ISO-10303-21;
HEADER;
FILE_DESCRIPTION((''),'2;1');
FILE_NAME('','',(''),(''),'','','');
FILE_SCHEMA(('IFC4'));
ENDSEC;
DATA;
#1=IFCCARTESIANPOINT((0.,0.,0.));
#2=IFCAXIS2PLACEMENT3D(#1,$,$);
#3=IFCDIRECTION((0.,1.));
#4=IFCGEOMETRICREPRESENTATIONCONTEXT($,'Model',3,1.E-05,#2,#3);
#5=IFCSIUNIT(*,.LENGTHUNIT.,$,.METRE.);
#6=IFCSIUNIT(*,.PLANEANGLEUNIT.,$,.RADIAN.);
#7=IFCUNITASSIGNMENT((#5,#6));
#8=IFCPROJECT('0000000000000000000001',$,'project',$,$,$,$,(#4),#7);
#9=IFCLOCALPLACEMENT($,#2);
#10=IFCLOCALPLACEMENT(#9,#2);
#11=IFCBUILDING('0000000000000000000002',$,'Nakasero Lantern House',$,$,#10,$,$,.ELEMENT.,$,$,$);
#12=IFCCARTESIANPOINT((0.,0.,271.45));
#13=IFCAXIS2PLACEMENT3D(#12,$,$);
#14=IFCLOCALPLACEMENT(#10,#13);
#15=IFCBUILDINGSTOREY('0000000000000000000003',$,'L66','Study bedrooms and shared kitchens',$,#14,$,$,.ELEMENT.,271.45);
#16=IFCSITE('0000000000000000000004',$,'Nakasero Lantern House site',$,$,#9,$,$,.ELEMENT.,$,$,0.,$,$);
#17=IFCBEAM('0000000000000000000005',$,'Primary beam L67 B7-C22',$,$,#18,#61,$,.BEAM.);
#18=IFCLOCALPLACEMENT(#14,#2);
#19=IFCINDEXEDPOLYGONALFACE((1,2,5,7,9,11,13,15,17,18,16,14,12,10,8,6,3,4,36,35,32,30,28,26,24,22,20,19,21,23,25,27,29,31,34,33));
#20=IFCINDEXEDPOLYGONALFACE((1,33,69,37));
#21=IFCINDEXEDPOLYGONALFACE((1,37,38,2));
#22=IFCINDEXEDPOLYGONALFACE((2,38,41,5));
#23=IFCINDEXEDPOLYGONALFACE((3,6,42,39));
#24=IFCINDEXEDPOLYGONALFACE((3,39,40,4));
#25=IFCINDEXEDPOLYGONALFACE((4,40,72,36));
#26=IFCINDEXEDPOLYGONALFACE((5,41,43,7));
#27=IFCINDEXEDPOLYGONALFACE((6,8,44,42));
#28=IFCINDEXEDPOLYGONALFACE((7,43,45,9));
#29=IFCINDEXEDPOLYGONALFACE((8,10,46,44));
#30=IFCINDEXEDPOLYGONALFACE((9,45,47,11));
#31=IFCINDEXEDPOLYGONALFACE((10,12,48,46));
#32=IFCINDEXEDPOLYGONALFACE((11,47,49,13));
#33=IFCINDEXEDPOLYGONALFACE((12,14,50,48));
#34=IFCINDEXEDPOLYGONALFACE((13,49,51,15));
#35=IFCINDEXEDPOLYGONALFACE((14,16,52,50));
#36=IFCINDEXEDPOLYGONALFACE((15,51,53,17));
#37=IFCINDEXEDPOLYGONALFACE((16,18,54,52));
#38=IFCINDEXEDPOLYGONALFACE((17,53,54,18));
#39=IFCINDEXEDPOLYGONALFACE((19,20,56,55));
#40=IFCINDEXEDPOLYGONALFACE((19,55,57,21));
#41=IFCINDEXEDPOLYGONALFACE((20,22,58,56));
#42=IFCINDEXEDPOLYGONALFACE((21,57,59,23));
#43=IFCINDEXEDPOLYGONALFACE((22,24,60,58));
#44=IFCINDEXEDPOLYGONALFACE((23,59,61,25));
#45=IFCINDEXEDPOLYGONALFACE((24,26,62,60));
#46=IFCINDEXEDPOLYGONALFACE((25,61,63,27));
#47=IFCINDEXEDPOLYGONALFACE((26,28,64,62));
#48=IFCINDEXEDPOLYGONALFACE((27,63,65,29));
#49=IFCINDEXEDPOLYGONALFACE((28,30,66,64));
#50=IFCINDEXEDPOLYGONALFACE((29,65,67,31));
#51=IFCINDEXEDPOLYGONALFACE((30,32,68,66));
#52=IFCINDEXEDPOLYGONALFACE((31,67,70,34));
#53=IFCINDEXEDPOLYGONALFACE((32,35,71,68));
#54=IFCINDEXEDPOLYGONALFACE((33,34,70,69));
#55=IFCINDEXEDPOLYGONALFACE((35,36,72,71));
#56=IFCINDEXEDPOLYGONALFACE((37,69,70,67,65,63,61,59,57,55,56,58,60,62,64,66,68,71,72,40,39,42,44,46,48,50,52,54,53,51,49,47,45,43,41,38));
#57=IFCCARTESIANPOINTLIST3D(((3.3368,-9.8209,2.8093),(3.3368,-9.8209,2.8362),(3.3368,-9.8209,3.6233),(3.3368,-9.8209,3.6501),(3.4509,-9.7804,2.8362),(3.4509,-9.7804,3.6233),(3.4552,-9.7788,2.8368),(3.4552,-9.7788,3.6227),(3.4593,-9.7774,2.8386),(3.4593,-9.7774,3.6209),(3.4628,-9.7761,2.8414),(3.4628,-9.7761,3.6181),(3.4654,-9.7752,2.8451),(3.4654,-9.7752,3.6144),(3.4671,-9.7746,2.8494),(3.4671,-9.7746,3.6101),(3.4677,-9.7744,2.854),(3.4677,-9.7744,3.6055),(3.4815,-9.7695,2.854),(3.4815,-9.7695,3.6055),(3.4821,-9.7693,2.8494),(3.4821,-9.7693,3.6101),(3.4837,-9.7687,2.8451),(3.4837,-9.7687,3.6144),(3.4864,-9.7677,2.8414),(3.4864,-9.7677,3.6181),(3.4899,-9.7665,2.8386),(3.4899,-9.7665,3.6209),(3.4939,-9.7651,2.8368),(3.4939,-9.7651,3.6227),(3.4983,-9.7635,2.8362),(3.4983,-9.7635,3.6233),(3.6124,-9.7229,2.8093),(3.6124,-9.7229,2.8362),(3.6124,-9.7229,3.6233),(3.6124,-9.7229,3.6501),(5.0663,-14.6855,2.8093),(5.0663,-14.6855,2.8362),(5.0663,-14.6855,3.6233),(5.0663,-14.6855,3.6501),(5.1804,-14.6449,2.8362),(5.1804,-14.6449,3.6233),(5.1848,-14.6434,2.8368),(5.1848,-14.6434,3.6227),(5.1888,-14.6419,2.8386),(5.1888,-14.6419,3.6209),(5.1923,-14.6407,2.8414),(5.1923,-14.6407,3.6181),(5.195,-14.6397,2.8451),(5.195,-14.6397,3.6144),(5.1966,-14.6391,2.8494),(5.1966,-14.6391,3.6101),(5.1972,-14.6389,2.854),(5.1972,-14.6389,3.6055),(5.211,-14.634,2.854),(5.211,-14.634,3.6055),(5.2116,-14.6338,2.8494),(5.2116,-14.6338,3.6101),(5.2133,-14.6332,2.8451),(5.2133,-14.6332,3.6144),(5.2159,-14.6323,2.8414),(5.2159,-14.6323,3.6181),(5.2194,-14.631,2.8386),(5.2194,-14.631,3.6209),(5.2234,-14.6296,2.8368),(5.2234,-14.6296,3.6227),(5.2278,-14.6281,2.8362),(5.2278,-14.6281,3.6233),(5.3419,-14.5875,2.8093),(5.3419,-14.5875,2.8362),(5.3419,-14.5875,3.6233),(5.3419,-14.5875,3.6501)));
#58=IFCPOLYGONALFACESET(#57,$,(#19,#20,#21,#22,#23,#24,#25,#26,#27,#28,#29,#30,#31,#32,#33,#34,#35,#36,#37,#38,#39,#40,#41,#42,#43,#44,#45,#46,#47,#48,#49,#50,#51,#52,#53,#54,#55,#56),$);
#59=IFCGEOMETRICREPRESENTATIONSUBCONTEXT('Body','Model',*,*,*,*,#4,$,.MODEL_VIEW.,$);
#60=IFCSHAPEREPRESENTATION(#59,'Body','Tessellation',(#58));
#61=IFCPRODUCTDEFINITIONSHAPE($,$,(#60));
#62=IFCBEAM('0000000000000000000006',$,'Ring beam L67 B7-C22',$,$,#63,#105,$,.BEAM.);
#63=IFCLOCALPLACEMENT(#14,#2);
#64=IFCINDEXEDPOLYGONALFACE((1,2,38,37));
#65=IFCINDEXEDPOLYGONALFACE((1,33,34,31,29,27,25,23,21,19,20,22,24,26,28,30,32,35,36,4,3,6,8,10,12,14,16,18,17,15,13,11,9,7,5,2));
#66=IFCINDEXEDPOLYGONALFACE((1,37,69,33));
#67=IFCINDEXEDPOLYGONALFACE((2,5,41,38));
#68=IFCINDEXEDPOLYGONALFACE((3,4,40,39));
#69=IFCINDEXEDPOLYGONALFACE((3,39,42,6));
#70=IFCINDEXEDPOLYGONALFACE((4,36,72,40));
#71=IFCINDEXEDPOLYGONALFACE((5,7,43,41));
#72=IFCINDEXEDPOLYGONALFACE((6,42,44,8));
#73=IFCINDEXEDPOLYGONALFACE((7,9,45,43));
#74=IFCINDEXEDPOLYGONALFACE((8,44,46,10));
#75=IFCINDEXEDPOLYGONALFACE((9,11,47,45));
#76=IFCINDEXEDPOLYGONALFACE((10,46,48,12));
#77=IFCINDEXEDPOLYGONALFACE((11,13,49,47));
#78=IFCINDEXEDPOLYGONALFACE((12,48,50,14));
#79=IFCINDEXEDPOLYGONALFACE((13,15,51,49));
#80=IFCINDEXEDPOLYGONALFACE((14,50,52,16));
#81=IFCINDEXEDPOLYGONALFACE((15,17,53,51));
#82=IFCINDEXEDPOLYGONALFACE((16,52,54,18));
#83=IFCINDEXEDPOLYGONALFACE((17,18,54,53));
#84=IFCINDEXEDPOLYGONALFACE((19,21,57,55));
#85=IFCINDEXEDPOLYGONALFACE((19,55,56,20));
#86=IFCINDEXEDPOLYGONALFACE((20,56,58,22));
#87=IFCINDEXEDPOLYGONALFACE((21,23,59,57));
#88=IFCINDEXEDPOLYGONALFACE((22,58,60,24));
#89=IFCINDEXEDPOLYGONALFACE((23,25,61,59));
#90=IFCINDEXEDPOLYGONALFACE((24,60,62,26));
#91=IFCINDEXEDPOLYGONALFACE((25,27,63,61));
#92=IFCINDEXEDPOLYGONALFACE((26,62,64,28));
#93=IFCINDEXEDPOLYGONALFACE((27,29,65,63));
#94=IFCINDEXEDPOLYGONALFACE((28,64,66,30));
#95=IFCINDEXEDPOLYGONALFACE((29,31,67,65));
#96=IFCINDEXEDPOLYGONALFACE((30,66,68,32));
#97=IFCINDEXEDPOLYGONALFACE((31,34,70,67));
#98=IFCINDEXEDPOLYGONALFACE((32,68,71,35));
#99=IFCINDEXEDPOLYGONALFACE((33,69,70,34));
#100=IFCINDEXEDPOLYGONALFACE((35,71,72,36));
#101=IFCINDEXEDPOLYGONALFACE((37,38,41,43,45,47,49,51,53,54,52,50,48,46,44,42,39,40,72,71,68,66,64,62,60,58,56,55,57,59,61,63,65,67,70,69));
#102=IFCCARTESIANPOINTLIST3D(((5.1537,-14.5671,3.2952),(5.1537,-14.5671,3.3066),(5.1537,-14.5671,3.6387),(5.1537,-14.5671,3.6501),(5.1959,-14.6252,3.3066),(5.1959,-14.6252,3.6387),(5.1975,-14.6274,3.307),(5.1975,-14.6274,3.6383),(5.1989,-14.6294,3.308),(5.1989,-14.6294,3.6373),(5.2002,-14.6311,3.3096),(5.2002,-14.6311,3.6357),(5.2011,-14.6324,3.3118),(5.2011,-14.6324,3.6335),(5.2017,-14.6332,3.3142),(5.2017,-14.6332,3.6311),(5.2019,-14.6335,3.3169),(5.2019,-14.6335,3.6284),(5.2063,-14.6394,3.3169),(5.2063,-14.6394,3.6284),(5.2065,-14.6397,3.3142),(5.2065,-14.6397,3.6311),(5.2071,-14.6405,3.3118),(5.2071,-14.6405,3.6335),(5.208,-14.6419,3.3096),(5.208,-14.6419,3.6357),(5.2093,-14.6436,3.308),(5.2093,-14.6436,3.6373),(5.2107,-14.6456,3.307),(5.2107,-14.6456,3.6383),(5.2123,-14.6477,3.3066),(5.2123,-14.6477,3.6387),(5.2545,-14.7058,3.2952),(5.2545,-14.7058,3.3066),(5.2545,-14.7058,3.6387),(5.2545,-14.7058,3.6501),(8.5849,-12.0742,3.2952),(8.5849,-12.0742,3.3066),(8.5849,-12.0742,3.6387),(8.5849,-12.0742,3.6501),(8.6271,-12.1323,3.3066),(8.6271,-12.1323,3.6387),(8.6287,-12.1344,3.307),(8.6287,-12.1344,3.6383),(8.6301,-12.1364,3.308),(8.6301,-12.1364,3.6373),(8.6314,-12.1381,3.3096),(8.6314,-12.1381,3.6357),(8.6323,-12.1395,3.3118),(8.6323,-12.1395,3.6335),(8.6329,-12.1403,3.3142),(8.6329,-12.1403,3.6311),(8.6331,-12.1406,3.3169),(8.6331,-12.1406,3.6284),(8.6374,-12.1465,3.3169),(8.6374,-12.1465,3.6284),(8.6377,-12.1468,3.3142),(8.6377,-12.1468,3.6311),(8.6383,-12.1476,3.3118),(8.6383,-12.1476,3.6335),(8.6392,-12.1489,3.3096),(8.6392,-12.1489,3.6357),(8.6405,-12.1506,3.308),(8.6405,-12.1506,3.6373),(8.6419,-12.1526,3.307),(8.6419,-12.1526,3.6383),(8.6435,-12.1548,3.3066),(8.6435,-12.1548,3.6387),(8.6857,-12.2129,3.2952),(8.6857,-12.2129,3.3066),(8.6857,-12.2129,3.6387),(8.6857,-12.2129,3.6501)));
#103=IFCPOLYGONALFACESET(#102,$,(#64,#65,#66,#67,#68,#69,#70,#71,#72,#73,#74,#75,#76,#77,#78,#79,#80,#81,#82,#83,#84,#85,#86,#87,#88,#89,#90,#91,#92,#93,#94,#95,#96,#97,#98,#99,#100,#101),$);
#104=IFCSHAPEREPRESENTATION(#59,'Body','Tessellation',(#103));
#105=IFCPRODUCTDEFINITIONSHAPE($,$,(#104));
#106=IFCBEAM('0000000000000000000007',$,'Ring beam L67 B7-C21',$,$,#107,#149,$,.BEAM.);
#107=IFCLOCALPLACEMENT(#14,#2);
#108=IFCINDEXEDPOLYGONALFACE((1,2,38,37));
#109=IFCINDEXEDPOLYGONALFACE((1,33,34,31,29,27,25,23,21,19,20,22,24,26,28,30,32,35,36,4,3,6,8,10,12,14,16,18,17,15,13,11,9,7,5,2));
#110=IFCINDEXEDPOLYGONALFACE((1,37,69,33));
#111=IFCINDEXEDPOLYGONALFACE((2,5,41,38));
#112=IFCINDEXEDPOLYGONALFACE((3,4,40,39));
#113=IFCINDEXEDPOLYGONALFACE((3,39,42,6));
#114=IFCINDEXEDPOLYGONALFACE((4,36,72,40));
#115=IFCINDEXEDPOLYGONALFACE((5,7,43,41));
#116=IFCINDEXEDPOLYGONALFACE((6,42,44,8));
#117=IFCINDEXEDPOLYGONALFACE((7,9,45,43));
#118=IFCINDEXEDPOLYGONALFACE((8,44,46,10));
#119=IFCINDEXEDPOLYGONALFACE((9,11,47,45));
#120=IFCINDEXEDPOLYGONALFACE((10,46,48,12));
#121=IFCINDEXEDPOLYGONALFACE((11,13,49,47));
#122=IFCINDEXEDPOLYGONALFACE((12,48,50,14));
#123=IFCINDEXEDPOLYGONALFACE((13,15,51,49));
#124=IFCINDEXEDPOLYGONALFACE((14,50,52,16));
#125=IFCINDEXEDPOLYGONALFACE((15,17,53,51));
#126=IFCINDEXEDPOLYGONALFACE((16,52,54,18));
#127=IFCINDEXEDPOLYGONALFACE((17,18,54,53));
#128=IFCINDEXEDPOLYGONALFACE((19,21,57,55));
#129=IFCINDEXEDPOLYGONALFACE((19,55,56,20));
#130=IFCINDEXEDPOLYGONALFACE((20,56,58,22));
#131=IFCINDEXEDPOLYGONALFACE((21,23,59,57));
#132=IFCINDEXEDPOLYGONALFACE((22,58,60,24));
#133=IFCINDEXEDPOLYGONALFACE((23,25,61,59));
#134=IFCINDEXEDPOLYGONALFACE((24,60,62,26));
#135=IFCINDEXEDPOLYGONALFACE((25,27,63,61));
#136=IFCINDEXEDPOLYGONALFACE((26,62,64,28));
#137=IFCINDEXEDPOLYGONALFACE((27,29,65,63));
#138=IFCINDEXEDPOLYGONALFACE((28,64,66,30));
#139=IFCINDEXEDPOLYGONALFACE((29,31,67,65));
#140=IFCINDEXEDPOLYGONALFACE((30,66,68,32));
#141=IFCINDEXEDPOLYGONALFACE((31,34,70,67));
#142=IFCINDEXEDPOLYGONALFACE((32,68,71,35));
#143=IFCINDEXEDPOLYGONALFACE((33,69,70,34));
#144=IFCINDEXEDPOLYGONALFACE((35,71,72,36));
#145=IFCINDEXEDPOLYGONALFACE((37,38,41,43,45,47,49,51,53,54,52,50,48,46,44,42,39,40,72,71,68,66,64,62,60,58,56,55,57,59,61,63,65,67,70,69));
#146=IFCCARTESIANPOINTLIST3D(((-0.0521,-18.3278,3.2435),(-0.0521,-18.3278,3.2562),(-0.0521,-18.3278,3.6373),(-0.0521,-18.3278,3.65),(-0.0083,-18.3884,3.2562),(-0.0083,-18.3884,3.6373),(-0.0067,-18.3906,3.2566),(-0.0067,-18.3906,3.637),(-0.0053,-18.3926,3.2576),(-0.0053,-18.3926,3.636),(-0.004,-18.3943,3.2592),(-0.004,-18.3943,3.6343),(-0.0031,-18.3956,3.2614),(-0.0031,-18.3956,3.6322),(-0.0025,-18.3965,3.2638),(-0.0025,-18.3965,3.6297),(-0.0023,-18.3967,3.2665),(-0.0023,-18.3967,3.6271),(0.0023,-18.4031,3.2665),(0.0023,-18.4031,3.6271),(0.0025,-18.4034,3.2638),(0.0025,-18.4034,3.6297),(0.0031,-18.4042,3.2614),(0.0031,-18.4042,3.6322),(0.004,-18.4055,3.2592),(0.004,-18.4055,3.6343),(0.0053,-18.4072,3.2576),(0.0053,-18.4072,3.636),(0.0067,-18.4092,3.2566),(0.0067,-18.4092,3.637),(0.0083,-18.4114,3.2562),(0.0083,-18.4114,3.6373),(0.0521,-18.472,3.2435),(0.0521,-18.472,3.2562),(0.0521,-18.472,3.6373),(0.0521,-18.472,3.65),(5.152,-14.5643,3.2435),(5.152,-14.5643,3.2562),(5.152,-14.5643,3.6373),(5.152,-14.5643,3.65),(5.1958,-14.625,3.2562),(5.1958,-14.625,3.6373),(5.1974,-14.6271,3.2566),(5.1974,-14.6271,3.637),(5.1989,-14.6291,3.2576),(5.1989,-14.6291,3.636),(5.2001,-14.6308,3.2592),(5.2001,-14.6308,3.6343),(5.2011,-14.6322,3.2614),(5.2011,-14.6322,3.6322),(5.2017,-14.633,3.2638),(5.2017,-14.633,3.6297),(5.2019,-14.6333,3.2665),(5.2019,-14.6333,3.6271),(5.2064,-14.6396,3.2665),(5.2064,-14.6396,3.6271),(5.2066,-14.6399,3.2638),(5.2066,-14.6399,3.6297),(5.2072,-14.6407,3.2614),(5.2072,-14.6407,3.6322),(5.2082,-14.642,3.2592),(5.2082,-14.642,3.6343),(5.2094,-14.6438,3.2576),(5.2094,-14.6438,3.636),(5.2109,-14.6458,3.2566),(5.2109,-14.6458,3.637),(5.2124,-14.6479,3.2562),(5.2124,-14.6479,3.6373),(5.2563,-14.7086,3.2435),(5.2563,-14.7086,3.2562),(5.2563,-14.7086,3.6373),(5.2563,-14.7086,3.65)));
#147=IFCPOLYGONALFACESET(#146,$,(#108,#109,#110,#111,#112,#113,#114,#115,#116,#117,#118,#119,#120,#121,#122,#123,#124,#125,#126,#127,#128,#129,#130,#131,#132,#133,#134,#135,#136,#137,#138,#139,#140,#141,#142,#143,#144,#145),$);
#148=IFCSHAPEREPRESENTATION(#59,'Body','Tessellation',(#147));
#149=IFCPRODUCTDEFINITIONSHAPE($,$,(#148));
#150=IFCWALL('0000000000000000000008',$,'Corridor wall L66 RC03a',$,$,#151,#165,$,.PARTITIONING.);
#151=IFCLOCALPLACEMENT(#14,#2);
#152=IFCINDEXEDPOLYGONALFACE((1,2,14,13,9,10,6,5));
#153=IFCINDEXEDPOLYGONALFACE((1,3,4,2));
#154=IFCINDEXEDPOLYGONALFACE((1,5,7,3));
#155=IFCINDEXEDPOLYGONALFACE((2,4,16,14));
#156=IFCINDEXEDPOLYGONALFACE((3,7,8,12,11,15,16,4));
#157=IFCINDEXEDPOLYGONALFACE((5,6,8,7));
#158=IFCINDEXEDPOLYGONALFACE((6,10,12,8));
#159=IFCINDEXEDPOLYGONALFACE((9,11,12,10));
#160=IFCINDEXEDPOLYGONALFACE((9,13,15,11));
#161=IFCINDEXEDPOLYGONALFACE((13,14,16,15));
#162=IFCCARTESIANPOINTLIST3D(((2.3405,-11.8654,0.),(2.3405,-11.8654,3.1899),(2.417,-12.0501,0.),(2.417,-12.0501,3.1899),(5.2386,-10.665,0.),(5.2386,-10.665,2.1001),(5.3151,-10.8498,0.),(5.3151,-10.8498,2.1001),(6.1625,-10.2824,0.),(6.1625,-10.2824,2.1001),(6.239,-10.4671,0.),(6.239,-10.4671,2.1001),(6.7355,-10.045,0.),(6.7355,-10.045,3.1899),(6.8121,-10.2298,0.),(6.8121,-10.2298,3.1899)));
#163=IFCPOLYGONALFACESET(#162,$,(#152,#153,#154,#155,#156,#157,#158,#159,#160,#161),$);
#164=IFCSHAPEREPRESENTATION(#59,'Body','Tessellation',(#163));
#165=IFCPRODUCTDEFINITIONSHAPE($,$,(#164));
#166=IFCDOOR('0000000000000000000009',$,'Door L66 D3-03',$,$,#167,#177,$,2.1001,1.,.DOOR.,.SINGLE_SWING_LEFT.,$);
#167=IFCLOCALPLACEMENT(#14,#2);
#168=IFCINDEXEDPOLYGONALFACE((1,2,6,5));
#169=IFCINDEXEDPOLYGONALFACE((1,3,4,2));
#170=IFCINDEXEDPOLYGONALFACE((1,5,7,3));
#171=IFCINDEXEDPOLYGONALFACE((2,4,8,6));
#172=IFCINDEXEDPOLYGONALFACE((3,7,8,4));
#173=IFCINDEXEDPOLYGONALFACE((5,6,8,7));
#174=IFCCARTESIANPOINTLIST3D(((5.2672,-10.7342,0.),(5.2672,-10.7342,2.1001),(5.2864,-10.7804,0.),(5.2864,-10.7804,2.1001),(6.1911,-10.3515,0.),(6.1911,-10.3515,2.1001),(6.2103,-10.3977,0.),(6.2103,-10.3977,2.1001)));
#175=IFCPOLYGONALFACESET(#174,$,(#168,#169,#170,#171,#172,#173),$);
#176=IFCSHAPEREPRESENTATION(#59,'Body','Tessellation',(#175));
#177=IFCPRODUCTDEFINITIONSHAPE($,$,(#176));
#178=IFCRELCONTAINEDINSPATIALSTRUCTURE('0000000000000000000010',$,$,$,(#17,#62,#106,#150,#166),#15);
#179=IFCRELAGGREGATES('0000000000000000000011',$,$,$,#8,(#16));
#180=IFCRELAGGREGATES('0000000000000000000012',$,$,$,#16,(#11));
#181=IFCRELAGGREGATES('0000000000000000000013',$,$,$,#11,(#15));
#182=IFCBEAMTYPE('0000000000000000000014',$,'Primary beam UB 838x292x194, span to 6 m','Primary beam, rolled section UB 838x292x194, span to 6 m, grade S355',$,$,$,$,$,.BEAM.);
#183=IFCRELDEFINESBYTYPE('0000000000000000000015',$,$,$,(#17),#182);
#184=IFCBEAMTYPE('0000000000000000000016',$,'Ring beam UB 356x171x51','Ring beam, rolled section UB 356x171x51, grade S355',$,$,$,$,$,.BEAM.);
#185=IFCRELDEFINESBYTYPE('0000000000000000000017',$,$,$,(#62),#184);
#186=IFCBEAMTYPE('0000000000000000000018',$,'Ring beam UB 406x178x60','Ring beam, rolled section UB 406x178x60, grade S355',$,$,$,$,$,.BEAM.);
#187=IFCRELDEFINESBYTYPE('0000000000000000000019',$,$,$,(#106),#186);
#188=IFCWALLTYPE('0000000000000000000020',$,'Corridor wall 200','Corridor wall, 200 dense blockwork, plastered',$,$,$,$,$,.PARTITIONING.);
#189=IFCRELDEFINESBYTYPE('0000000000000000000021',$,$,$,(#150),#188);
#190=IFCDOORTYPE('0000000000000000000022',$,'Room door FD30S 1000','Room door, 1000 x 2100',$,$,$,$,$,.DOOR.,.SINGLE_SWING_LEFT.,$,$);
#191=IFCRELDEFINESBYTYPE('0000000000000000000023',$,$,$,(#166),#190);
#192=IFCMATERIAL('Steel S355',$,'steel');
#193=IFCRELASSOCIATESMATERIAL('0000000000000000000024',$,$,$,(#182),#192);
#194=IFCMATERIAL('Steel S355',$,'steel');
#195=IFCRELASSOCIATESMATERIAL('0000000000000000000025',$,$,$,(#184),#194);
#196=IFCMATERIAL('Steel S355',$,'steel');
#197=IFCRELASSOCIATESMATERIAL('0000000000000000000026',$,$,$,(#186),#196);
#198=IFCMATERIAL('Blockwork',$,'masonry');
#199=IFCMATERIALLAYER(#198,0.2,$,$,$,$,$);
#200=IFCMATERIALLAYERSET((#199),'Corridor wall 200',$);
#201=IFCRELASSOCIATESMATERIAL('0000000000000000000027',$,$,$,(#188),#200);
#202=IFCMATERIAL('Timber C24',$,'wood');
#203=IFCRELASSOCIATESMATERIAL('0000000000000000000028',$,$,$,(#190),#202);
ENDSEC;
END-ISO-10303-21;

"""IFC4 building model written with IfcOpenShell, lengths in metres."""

from ifc_helpers import new_model, si_unit, direction, frame, frame_2d, origin, origin_2d, place, context, subcontext, project, spatial, rectangle, i_section, extrude, material, layer, layer_set, material_profile, profile_set, type_object, element, fill, save


model = new_model("IFC4")

# Units and contexts
model_context = context("Model", 3, precision=1e-05, world=origin(), true_north=direction((0.0, 1.0)))
body_context = subcontext(model_context, "Body", "Model", "MODEL_VIEW")
ifc_project = project(units=[si_unit("LENGTHUNIT", "METRE"), si_unit("PLANEANGLEUNIT", "RADIAN")], contexts=[model_context])

# Site, building, storey
site_placement = place(None, origin())
site = spatial("IfcSite", under=ifc_project, at=site_placement, Name="Nakasero Lantern House site", CompositionType="ELEMENT", RefElevation=0.0)
building_placement = place(site_placement, origin())
building = spatial("IfcBuilding", under=site, at=building_placement, Name="Nakasero Lantern House", CompositionType="ELEMENT")
storey_placement = place(building_placement, frame((0.0, 0.0, 271.45)))
storey = spatial("IfcBuildingStorey", under=building, at=storey_placement, Name="L66", Description="Study bedrooms and shared kitchens", CompositionType="ELEMENT", Elevation=271.45)

# Beams
ifc_material_1 = material(Name="Steel S355", Category="steel")
ifc_material_profile_1 = material_profile(ifc_material_1, i_section(OverallWidth=0.2925, OverallDepth=0.8408, WebThickness=0.0146, FlangeThickness=0.0269, FilletRadius=0.0178, at=origin_2d()), Name="UB 838x292x194")
ifc_profile_set_1 = profile_set([ifc_material_profile_1], Name="Steel S355")
beam_type_1 = type_object("IfcBeamType", Name="Primary beam UB 838x292x194, span to 6 m", Description="Primary beam, rolled section UB 838x292x194, span to 6 m, grade S355", PredefinedType="BEAM", material=ifc_profile_set_1)
beam_1_placement = place(storey_placement, frame((5.2041, -14.6365, 3.2297), z_axis=(-0.334991, 0.942221, 0.0), x_axis=(-0.942221, -0.334991, 0.0)))
element("IfcBeam", 1, at=beam_1_placement, inside=storey, type_object=beam_type_1, Name="Primary beam L67 B7-C22", PredefinedType="BEAM", context=body_context, shape_type="SweptSolid", body=[
    extrude(i_section(OverallWidth=0.2925, OverallDepth=0.8408, WebThickness=0.0146, FlangeThickness=0.0269, FilletRadius=0.0178, at=origin_2d()), origin(), (0.0, 0.0, 1.0), 5.1628),
])
ifc_material_2 = material(Name="Steel S355", Category="steel")
ifc_material_profile_2 = material_profile(ifc_material_2, i_section(OverallWidth=0.1714, OverallDepth=0.355, WebThickness=0.0073, FlangeThickness=0.0115, FilletRadius=0.0103, at=origin_2d()), Name="UB 356x171x51")
ifc_profile_set_2 = profile_set([ifc_material_profile_2], Name="Steel S355")
beam_type_2 = type_object("IfcBeamType", Name="Ring beam UB 356x171x51", Description="Ring beam, rolled section UB 356x171x51, grade S355", PredefinedType="BEAM", material=ifc_profile_set_2)
beam_2_placement = place(storey_placement, frame((5.2041, -14.6365, 3.4727), z_axis=(0.809012, 0.587792, 0.0), x_axis=(-0.587792, 0.809012, 0.0)))
element("IfcBeam", 2, at=beam_2_placement, inside=storey, type_object=beam_type_2, Name="Ring beam L67 B7-C22", PredefinedType="BEAM", context=body_context, shape_type="SweptSolid", body=[
    extrude(i_section(OverallWidth=0.1714, OverallDepth=0.355, WebThickness=0.0073, FlangeThickness=0.0115, FilletRadius=0.0103, at=origin_2d()), origin(), (0.0, 0.0, 1.0), 4.2412),
])
ifc_material_3 = material(Name="Steel S355", Category="steel")
ifc_material_profile_3 = material_profile(ifc_material_3, i_section(OverallWidth=0.178, OverallDepth=0.4065, WebThickness=0.0078, FlangeThickness=0.0127, FilletRadius=0.0103, at=origin_2d()), Name="UB 406x178x60")
ifc_profile_set_3 = profile_set([ifc_material_profile_3], Name="Steel S355")
beam_type_3 = type_object("IfcBeamType", Name="Ring beam UB 406x178x60", Description="Ring beam, rolled section UB 406x178x60, grade S355", PredefinedType="BEAM", material=ifc_profile_set_3)
beam_3_placement = place(storey_placement, frame((0.0, -18.3999, 3.4468), z_axis=(0.810316, 0.585993, 0.0), x_axis=(-0.585993, 0.810316, 0.0)))
element("IfcBeam", 3, at=beam_3_placement, inside=storey, type_object=beam_type_3, Name="Ring beam L67 B7-C21", PredefinedType="BEAM", context=body_context, shape_type="SweptSolid", body=[
    extrude(i_section(OverallWidth=0.178, OverallDepth=0.4065, WebThickness=0.0078, FlangeThickness=0.0127, FilletRadius=0.0103, at=origin_2d()), origin(), (0.0, 0.0, 1.0), 6.4224),
])

# Wall, opening, door
ifc_material_4 = material(Name="Blockwork", Category="masonry")
ifc_layer_1 = layer(ifc_material_4, 0.2)
ifc_layer_set_1 = layer_set([ifc_layer_1], Name="Corridor wall 200")
wall_type_1 = type_object("IfcWallType", Name="Corridor wall 200", Description="Corridor wall, 200 dense blockwork, plastered", PredefinedType="PARTITIONING", material=ifc_layer_set_1)
wall_1_placement = place(storey_placement, frame((6.7737, -10.1375, 0.0), z_axis=(0.0, 0.0, 1.0), x_axis=(-0.923892, -0.382654, 0.0)))
wall_1 = element("IfcWall", 4, at=wall_1_placement, inside=storey, type_object=wall_type_1, Name="Corridor wall L66 RC03a", PredefinedType="PARTITIONING", context=body_context, shape_type="SweptSolid", body=[
    extrude(rectangle(XDim=4.7571, YDim=0.2, at=frame_2d((2.3784, 0.0))), origin(), (0.0, 0.0, 1.0), 3.1899),
])
opening_1_placement = place(wall_1_placement, frame((0.6201, 0.0, 0.0)))
opening_1 = element("IfcOpeningElement", 5, at=opening_1_placement, cuts=wall_1, PredefinedType="OPENING", context=body_context, shape_type="SweptSolid", body=[
    extrude(rectangle(XDim=1.0, YDim=2.1001, at=frame_2d((0.5, 1.05))), frame((0.0, 0.1199, 0.0), z_axis=(0.0, -1.0, 0.0), x_axis=(1.0, 0.0, 0.0)), (0.0, 0.0, 1.0), 0.24),
])
ifc_material_5 = material(Name="Timber C24", Category="wood")
door_type_1 = type_object("IfcDoorType", Name="Room door FD30S 1000", Description="Room door, 1000 x 2100", OperationType="SINGLE_SWING_LEFT", PredefinedType="DOOR", material=ifc_material_5)
door_1_placement = place(opening_1_placement, origin())
door_1 = element("IfcDoor", 6, at=door_1_placement, inside=storey, type_object=door_type_1, Name="Door L66 D3-03", OperationType="SINGLE_SWING_LEFT", OverallHeight=2.1001, OverallWidth=1.0, PredefinedType="DOOR", context=body_context, shape_type="SweptSolid", body=[
    extrude(rectangle(XDim=1.0, YDim=2.1001, at=frame_2d((0.5, 1.05))), frame((0.0, 0.0249, 0.0), z_axis=(0.0, -1.0, 0.0), x_axis=(1.0, 0.0, 0.0)), (0.0, 0.0, 1.0), 0.05),
])
fill(opening_1, door_1)

save(model, "model.ifc")
